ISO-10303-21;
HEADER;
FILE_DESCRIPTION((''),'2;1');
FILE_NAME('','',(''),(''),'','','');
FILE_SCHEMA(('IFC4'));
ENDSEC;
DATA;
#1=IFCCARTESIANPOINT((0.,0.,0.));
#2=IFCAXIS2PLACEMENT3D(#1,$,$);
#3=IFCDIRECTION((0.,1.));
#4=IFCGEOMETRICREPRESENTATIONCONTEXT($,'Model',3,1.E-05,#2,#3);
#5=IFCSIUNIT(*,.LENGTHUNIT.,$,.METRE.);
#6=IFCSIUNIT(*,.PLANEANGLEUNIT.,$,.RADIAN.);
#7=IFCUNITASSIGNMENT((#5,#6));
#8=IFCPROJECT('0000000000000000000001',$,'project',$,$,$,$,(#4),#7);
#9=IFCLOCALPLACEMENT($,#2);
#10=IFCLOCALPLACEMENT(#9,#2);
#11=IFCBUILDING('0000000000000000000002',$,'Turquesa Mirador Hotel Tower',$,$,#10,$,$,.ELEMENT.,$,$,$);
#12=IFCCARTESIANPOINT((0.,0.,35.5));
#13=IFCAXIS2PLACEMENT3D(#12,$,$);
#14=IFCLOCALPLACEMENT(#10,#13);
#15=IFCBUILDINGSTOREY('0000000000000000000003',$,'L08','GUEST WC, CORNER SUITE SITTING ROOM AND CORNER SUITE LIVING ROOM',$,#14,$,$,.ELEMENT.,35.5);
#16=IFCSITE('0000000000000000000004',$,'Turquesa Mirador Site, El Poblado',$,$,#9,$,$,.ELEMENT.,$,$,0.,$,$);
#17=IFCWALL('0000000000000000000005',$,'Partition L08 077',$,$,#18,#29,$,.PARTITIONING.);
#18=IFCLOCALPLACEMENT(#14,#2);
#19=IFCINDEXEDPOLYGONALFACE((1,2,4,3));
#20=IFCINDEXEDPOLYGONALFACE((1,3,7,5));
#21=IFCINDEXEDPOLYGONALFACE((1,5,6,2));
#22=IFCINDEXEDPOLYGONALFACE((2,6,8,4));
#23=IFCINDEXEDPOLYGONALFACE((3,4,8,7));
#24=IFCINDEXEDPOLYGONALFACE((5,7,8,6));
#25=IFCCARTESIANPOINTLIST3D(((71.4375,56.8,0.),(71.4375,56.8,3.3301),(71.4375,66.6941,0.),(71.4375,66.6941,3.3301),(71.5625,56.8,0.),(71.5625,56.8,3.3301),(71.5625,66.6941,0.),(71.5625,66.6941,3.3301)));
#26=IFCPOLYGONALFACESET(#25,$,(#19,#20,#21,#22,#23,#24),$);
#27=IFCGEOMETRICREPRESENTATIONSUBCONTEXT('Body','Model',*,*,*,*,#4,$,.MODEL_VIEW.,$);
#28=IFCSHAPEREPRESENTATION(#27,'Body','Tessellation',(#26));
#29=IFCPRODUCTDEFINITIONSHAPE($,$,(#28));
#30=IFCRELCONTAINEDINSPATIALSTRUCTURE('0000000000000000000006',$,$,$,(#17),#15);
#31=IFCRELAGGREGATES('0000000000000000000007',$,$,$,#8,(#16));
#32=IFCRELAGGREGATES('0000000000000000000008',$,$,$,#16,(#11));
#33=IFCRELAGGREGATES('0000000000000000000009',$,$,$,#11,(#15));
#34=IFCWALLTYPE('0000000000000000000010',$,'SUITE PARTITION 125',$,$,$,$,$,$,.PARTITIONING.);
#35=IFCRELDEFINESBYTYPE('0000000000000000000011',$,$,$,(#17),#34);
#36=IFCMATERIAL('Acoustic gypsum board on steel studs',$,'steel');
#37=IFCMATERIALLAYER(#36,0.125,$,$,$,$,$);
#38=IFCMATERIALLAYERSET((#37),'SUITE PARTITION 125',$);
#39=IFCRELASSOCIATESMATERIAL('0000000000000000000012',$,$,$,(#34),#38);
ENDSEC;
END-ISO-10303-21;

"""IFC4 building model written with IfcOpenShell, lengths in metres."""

from ifc_helpers import new_model, si_unit, direction, frame, frame_2d, origin, place, context, subcontext, project, spatial, rectangle, extrude, material, layer, layer_set, type_object, element, save


model = new_model("IFC4")

# Units and contexts
model_context = context("Model", 3, precision=1e-05, world=origin(), true_north=direction((0.0, 1.0)))
body_context = subcontext(model_context, "Body", "Model", "MODEL_VIEW")
ifc_project = project(units=[si_unit("LENGTHUNIT", "METRE"), si_unit("PLANEANGLEUNIT", "RADIAN")], contexts=[model_context])

# Site, building, storey
site_placement = place(None, origin())
site = spatial("IfcSite", under=ifc_project, at=site_placement, Name="Turquesa Mirador Site, El Poblado", CompositionType="ELEMENT", RefElevation=0.0)
building_placement = place(site_placement, origin())
building = spatial("IfcBuilding", under=site, at=building_placement, Name="Turquesa Mirador Hotel Tower", CompositionType="ELEMENT")
storey_placement = place(building_placement, frame((0.0, 0.0, 35.5)))
storey = spatial("IfcBuildingStorey", under=building, at=storey_placement, Name="L08", Description="GUEST WC, CORNER SUITE SITTING ROOM AND CORNER SUITE LIVING ROOM", CompositionType="ELEMENT", Elevation=35.5)

# Wall
ifc_material_1 = material(Name="Acoustic gypsum board on steel studs", Category="steel")
ifc_layer_1 = layer(ifc_material_1, 0.125)
ifc_layer_set_1 = layer_set([ifc_layer_1], Name="SUITE PARTITION 125")
wall_type_1 = type_object("IfcWallType", Name="SUITE PARTITION 125", PredefinedType="PARTITIONING", material=ifc_layer_set_1)
wall_1_placement = place(storey_placement, frame((71.5, 56.8, 0.0), z_axis=(0.0, 0.0, 1.0), x_axis=(0.0, 1.0, 0.0)))
element("IfcWall", 1, at=wall_1_placement, inside=storey, type_object=wall_type_1, Name="Partition L08 077", PredefinedType="PARTITIONING", context=body_context, shape_type="SweptSolid", body=[
    extrude(rectangle(XDim=9.894, YDim=0.125, at=frame_2d((4.947, 0.0))), origin(), (0.0, 0.0, 1.0), 3.3301),
])

save(model, "model.ifc")
